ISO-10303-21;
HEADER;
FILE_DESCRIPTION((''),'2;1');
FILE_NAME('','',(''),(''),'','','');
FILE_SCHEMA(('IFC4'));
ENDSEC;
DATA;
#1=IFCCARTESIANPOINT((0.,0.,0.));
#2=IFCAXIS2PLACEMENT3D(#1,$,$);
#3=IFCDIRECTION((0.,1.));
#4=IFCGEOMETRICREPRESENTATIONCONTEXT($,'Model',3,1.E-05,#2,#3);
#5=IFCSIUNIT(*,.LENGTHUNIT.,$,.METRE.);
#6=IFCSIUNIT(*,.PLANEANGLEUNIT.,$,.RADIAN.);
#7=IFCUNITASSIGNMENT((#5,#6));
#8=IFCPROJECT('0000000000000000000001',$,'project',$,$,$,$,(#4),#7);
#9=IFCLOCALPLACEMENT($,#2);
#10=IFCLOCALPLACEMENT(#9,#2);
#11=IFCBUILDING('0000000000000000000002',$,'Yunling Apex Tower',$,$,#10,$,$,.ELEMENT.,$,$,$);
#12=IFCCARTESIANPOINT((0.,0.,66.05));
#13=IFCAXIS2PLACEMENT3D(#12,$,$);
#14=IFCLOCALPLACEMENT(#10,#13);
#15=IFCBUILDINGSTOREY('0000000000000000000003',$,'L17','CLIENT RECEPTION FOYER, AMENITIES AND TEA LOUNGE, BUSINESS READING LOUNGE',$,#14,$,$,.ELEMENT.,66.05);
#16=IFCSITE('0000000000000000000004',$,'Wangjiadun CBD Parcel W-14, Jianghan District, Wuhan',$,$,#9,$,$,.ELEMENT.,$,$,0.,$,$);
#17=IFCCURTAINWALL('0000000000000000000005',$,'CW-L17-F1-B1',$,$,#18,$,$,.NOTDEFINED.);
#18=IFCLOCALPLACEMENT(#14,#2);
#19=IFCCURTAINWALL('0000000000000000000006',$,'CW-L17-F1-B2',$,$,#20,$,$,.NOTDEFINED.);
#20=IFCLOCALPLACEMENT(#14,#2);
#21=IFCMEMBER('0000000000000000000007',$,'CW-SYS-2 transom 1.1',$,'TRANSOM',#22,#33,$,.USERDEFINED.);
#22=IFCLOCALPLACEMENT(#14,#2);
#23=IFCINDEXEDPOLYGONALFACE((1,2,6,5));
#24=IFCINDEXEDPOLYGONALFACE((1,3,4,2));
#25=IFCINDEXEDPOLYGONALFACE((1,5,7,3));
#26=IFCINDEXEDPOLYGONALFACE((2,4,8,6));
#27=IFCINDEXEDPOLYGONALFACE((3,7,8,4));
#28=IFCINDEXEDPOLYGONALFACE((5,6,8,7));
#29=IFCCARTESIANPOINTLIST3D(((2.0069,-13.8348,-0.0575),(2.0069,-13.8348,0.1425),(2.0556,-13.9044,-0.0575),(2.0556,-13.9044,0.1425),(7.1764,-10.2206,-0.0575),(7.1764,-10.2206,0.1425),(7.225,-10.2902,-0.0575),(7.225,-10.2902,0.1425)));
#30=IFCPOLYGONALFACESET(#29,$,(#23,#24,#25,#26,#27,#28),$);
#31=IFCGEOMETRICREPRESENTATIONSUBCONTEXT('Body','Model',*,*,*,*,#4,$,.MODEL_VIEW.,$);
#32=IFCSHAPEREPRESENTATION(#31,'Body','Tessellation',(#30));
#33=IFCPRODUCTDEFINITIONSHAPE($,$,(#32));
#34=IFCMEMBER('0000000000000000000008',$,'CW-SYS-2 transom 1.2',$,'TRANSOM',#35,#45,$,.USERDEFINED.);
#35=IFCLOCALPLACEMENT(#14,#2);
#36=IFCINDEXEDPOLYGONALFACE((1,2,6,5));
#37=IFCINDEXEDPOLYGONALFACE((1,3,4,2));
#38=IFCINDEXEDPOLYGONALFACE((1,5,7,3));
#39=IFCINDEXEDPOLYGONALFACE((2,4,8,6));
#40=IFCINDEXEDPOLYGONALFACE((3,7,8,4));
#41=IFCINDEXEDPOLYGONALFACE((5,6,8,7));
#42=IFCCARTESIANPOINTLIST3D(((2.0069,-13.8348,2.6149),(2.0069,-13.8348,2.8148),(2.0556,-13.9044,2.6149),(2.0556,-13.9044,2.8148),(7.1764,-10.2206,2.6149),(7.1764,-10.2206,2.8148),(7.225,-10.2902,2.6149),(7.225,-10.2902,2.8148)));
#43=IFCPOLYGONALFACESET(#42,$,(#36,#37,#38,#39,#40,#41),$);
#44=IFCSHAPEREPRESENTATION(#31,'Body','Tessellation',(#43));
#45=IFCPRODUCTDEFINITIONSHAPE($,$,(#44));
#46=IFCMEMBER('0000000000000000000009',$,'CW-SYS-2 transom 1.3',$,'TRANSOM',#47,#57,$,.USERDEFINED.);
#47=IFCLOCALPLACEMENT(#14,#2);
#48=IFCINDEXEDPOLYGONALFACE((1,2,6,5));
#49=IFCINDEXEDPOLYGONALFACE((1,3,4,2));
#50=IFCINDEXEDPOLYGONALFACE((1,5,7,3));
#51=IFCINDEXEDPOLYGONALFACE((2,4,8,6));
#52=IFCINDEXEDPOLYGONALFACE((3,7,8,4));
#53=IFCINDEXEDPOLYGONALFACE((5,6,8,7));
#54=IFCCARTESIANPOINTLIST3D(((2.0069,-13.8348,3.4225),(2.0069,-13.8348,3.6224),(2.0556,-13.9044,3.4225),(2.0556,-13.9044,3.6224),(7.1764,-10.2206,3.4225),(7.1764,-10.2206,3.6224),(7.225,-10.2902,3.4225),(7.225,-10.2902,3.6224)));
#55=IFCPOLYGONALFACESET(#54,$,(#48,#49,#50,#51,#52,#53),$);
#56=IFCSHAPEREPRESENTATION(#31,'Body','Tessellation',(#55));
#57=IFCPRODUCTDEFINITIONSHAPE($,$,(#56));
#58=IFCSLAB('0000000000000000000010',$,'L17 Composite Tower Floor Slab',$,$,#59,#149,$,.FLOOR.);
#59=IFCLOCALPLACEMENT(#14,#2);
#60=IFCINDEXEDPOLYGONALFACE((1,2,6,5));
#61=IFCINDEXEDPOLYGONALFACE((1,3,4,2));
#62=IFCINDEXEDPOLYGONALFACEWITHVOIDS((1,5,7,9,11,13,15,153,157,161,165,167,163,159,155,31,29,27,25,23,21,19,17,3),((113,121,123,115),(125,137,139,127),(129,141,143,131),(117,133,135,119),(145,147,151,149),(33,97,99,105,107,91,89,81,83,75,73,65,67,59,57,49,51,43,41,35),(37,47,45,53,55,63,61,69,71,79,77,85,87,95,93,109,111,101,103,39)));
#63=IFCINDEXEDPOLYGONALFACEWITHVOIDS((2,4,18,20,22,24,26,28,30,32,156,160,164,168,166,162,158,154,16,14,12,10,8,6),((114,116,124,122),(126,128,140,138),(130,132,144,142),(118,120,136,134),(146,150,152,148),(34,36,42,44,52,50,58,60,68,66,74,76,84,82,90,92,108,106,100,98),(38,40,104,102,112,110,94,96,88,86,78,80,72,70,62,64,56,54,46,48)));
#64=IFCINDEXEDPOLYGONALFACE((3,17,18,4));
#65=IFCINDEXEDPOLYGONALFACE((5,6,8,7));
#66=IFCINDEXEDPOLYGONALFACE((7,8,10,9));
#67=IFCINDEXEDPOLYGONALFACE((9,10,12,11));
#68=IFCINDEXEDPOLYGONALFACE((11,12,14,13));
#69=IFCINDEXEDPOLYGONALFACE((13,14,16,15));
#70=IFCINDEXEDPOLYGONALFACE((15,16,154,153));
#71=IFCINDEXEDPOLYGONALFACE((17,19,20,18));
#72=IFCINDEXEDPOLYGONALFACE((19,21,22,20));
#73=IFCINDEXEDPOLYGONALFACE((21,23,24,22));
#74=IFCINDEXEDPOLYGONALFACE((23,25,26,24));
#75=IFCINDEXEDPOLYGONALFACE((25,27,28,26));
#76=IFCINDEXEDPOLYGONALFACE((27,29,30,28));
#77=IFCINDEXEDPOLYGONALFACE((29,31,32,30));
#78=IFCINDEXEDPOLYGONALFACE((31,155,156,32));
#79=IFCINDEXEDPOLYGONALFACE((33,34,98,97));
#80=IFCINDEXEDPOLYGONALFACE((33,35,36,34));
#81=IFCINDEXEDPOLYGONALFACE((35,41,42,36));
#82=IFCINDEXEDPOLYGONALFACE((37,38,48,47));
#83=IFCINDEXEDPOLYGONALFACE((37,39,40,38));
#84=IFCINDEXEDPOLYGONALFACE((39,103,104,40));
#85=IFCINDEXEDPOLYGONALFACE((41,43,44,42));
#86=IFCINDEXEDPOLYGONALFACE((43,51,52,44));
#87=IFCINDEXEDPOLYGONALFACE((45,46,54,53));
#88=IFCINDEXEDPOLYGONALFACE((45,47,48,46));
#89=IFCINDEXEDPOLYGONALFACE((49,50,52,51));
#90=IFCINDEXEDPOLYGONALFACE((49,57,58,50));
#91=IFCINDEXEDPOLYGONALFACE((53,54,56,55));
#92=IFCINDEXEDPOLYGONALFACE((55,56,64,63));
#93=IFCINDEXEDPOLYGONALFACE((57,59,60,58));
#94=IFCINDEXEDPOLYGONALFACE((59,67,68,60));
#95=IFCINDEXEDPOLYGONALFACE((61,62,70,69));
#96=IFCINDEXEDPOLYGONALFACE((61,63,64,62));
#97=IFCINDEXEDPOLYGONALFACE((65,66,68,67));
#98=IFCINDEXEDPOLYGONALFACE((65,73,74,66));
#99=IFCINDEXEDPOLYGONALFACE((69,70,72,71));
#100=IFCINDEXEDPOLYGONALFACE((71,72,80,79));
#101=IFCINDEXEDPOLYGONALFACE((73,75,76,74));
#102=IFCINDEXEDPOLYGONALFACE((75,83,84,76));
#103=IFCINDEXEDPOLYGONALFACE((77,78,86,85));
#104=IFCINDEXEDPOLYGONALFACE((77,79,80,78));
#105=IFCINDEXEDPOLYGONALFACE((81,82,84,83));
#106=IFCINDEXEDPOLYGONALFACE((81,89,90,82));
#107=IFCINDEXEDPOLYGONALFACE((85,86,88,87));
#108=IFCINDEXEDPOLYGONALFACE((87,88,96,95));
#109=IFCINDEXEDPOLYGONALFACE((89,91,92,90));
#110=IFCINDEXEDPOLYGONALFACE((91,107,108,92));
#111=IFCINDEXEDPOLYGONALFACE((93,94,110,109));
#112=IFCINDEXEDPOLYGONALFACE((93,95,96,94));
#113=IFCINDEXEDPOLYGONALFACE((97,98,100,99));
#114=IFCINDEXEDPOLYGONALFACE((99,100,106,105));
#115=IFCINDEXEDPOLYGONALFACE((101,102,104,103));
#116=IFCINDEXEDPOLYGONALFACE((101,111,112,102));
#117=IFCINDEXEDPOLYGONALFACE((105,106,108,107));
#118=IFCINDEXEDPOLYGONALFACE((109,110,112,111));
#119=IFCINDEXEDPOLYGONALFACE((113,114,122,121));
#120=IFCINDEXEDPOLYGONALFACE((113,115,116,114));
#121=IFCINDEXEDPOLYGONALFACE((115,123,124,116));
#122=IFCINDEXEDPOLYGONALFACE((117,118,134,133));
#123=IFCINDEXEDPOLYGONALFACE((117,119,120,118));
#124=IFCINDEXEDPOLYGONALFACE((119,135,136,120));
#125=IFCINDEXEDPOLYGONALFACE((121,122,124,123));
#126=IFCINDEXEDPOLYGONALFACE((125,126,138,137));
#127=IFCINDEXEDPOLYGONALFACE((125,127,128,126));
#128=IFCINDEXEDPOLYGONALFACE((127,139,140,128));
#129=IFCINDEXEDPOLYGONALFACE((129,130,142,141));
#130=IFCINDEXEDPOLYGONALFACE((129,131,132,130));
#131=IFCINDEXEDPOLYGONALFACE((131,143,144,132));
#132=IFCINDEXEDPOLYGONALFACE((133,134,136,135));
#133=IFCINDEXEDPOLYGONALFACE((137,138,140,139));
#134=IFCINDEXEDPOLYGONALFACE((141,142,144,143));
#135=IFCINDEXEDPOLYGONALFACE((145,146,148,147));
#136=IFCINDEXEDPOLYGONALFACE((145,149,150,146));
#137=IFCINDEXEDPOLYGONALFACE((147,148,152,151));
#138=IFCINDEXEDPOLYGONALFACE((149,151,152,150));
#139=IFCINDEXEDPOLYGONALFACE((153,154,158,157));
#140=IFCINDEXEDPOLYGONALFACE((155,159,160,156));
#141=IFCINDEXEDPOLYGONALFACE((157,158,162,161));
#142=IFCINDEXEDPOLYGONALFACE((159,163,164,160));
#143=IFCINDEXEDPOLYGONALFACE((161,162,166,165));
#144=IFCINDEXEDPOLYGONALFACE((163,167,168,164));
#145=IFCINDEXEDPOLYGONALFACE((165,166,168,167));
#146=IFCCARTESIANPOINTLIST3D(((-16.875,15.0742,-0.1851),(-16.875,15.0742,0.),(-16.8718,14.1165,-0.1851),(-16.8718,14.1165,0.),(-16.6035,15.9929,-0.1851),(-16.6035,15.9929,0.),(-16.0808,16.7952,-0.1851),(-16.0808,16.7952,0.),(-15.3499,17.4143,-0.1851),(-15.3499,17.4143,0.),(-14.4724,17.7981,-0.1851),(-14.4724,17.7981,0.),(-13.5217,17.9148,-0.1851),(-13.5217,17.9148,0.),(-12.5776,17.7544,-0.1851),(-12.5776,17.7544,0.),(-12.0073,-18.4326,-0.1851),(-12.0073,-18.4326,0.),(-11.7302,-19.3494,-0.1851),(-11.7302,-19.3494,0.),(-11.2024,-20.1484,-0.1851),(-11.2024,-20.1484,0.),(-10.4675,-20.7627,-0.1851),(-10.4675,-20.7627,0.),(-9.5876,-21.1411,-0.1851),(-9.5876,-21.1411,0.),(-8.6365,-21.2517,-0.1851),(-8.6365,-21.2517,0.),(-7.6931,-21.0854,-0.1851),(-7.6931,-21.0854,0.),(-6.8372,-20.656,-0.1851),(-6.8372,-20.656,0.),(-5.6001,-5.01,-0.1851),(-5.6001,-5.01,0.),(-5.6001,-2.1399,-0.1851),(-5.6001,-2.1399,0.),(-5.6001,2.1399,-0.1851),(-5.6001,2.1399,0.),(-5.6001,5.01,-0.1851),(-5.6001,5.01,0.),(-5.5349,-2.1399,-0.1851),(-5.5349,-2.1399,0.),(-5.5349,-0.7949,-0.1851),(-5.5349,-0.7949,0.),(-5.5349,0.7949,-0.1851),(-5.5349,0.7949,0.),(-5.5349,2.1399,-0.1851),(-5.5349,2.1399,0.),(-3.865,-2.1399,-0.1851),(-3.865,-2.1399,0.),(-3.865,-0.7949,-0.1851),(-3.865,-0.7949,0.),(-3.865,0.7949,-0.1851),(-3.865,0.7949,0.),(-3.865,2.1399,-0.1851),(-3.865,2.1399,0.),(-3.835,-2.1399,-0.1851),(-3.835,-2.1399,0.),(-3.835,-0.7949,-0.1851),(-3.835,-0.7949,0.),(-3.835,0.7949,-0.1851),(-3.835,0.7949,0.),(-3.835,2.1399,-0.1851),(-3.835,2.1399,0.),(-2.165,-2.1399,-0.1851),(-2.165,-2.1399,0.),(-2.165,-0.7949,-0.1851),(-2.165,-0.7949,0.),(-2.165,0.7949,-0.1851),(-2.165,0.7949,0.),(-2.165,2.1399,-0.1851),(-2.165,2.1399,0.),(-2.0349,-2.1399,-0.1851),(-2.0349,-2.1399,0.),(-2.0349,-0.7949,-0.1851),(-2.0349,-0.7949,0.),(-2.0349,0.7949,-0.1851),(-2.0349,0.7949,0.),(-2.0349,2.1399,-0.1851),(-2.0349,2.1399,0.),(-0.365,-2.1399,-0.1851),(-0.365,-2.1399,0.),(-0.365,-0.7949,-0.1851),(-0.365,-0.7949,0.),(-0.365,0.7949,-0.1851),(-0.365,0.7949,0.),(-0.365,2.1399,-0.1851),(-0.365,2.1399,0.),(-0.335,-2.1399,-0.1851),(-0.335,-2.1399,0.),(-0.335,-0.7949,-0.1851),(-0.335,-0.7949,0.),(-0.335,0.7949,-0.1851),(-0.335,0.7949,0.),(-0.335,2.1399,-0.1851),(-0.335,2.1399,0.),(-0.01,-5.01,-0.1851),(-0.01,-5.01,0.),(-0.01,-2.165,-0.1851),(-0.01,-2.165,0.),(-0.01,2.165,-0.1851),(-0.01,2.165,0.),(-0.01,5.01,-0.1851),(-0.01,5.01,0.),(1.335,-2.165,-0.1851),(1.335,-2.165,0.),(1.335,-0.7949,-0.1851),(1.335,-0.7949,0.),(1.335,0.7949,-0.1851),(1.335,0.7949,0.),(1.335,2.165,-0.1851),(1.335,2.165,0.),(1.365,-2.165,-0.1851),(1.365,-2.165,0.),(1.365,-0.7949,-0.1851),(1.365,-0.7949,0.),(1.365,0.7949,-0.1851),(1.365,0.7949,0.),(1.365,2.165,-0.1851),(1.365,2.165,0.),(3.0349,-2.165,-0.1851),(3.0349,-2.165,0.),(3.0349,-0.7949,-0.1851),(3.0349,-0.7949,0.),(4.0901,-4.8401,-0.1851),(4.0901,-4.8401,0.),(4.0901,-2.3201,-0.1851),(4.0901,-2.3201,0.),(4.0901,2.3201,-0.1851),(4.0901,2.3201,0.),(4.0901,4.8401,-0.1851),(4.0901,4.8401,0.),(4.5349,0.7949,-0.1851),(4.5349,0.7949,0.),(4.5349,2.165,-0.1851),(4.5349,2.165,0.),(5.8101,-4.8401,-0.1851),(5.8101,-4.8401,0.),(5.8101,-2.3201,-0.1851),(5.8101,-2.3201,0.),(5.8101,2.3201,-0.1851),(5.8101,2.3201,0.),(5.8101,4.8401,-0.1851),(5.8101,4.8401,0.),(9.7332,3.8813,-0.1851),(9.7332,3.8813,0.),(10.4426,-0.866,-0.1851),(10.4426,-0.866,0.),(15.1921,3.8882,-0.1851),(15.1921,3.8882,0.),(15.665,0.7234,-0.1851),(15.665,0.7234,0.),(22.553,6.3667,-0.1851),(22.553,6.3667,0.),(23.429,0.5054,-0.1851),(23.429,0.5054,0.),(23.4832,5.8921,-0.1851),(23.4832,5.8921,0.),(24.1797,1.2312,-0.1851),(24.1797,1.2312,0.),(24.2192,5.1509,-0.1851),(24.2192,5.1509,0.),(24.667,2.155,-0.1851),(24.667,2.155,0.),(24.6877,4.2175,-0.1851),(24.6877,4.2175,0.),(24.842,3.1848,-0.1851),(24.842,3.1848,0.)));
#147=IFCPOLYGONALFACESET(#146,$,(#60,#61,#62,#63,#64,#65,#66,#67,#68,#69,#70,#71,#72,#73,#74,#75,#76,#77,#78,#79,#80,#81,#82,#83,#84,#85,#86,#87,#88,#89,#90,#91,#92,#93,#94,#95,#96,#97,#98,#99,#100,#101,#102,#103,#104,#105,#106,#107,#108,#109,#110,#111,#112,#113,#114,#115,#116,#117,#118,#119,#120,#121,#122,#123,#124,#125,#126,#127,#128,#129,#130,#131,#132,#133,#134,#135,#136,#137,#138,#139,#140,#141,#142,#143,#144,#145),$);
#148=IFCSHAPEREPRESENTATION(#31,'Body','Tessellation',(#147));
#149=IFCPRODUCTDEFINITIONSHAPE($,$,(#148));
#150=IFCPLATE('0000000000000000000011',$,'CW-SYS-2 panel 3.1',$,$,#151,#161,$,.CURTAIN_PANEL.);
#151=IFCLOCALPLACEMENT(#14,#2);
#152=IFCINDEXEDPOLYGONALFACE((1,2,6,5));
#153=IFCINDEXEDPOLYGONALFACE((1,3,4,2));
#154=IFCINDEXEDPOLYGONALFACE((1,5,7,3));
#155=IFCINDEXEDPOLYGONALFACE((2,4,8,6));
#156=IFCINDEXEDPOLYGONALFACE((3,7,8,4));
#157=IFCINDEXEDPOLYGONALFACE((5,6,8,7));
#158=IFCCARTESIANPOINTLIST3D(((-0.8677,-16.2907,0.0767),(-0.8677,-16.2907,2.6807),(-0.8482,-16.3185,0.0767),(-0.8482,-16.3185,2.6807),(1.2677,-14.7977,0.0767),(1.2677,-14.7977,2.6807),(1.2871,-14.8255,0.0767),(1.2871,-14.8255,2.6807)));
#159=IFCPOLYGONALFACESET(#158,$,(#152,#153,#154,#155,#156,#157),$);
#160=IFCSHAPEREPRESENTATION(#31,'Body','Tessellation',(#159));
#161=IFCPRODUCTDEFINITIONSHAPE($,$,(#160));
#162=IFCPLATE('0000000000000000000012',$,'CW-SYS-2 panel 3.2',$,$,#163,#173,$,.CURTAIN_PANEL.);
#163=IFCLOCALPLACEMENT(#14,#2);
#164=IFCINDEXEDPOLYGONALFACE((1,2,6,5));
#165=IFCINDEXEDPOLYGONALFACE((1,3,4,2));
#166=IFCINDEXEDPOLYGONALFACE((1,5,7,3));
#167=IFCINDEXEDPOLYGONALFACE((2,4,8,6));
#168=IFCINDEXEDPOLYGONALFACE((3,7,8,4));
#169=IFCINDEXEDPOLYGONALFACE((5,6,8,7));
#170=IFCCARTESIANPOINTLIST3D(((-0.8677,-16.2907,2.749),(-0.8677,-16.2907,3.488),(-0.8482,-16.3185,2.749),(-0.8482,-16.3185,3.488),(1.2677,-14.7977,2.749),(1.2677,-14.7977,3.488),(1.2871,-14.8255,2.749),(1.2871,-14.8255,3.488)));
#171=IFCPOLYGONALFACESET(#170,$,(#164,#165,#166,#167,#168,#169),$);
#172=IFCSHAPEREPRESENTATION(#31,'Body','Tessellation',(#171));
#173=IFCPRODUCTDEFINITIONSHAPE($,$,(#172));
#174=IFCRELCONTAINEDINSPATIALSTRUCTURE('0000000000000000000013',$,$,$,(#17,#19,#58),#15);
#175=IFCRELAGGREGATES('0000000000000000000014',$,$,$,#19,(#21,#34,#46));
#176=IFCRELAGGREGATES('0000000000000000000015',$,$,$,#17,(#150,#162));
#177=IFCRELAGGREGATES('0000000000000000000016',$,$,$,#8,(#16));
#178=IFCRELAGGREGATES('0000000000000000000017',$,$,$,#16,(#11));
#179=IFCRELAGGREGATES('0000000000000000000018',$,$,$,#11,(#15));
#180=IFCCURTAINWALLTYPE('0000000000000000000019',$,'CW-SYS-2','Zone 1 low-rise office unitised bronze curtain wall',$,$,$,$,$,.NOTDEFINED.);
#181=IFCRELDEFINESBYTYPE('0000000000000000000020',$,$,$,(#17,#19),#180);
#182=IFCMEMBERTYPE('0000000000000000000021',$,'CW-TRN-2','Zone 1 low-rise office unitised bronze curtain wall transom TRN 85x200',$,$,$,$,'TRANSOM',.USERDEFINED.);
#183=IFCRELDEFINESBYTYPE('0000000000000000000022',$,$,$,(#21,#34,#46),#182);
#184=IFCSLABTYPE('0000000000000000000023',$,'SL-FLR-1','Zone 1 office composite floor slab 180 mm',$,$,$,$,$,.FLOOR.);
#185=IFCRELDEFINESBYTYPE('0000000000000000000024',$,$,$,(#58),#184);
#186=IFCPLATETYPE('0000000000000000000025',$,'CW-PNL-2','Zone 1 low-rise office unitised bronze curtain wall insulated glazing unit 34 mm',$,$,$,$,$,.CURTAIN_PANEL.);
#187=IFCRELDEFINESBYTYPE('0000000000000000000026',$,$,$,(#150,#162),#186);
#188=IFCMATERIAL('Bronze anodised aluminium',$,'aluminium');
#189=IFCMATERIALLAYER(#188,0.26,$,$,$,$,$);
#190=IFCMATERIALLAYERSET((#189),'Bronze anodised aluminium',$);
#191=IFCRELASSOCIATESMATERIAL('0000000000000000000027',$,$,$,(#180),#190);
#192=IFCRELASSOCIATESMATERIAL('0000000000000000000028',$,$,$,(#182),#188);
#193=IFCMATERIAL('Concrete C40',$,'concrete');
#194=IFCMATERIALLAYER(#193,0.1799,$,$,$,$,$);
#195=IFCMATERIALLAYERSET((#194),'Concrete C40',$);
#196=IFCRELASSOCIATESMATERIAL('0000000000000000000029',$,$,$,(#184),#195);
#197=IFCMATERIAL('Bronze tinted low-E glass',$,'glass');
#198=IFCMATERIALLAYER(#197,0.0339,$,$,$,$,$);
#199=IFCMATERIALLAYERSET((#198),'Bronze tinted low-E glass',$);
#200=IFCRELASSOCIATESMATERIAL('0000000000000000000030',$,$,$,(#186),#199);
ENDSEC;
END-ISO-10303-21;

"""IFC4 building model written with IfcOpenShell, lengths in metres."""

from ifc_helpers import new_model, si_unit, direction, frame, origin, origin_2d, place, context, subcontext, project, spatial, polyline, rectangle, outline, extrude, source, transform, mapped, material, layer, layer_set, material_profile, profile_set, type_object, element, aggregate, save


model = new_model("IFC4")

# Units and contexts
model_context = context("Model", 3, precision=1e-05, world=origin(), true_north=direction((0.0, 1.0)))
body_context = subcontext(model_context, "Body", "Model", "MODEL_VIEW")
ifc_project = project(units=[si_unit("LENGTHUNIT", "METRE"), si_unit("PLANEANGLEUNIT", "RADIAN")], contexts=[model_context])

# Site, building, storey
site_placement = place(None, origin())
site = spatial("IfcSite", under=ifc_project, at=site_placement, Name="Wangjiadun CBD Parcel W-14, Jianghan District, Wuhan", CompositionType="ELEMENT", RefElevation=0.0)
building_placement = place(site_placement, origin())
building = spatial("IfcBuilding", under=site, at=building_placement, Name="Yunling Apex Tower", CompositionType="ELEMENT")
storey_placement = place(building_placement, frame((0.0, 0.0, 66.05)))
storey = spatial("IfcBuildingStorey", under=building, at=storey_placement, Name="L17", Description="CLIENT RECEPTION FOYER, AMENITIES AND TEA LOUNGE, BUSINESS READING LOUNGE", CompositionType="ELEMENT", Elevation=66.05)

# Curtain wall
ifc_material_1 = material(Name="Bronze anodised aluminium", Category="aluminium")
ifc_layer_1 = layer(ifc_material_1, 0.26)
ifc_layer_set_1 = layer_set([ifc_layer_1], Name="Bronze anodised aluminium")
curtain_wall_type = type_object("IfcCurtainWallType", Name="CW-SYS-2", Description="Zone 1 low-rise office unitised bronze curtain wall", PredefinedType="NOTDEFINED", material=ifc_layer_set_1)
curtain_wall_1_placement = place(storey_placement, origin())
curtain_wall_1 = element("IfcCurtainWall", 1, at=curtain_wall_1_placement, inside=storey, type_object=curtain_wall_type, Name="CW-L17-F1-B1", PredefinedType="NOTDEFINED")

# Curtain wall
curtain_wall_2_placement = place(storey_placement, origin())
curtain_wall_2 = element("IfcCurtainWall", 2, at=curtain_wall_2_placement, inside=storey, type_object=curtain_wall_type, Name="CW-L17-F1-B2", PredefinedType="NOTDEFINED")

# Members
ifc_material_profile_1 = material_profile(ifc_material_1, rectangle(XDim=0.085, YDim=0.2, at=origin_2d()))
ifc_profile_set_1 = profile_set([ifc_material_profile_1], Name="Bronze anodised aluminium")
member_type_1 = type_object("IfcMemberType", Name="CW-TRN-2", Description="Zone 1 low-rise office unitised bronze curtain wall transom TRN 85x200", ElementType="TRANSOM", PredefinedType="USERDEFINED", material=ifc_profile_set_1)
shared_shape_1 = source(origin(), body_context, "Body", "SweptSolid", [
    extrude(rectangle(XDim=0.085, YDim=0.2, at=origin_2d()), origin(), (0.0, 0.0, 1.0), 6.3076),
])
member_1_placement = place(storey_placement, frame((2.0312, -13.8696, 0.0425), z_axis=(0.819555, 0.573, 0.0), x_axis=(-0.573, 0.819555, 0.0)))
member_1 = element("IfcMember", 3, at=member_1_placement, type_object=member_type_1, Name="CW-SYS-2 transom 1.1", ObjectType="TRANSOM", PredefinedType="USERDEFINED", context=body_context, shape_type="MappedRepresentation", body=[
    mapped(shared_shape_1, transform((0.0, 0.0, 0.0), scale=1.0)),
])
member_2_placement = place(storey_placement, frame((2.0312, -13.8696, 2.7148), z_axis=(0.819555, 0.573, 0.0), x_axis=(-0.573, 0.819555, 0.0)))
member_2 = element("IfcMember", 4, at=member_2_placement, type_object=member_type_1, Name="CW-SYS-2 transom 1.2", ObjectType="TRANSOM", PredefinedType="USERDEFINED", context=body_context, shape_type="MappedRepresentation", body=[
    mapped(shared_shape_1, transform((0.0, 0.0, 0.0), scale=1.0)),
])
member_3_placement = place(storey_placement, frame((2.0312, -13.8696, 3.5225), z_axis=(0.819555, 0.573, 0.0), x_axis=(-0.573, 0.819555, 0.0)))
member_3 = element("IfcMember", 5, at=member_3_placement, type_object=member_type_1, Name="CW-SYS-2 transom 1.3", ObjectType="TRANSOM", PredefinedType="USERDEFINED", context=body_context, shape_type="MappedRepresentation", body=[
    mapped(shared_shape_1, transform((0.0, 0.0, 0.0), scale=1.0)),
])
aggregate(curtain_wall_2, [member_1, member_2, member_3])

# Slab
ifc_material_2 = material(Name="Concrete C40", Category="concrete")
ifc_layer_2 = layer(ifc_material_2, 0.1799)
ifc_layer_set_2 = layer_set([ifc_layer_2], Name="Concrete C40")
slab_type = type_object("IfcSlabType", Name="SL-FLR-1", Description="Zone 1 office composite floor slab 180 mm", PredefinedType="FLOOR", material=ifc_layer_set_2)
slab_placement = place(storey_placement, frame((0.0, 0.0, -0.1851)))
element("IfcSlab", 6, at=slab_placement, inside=storey, type_object=slab_type, Name="L17 Composite Tower Floor Slab", PredefinedType="FLOOR", context=body_context, shape_type="SweptSolid", body=[
    extrude(outline(polyline([(-12.0073, -18.4326), (-11.7302, -19.3494), (-11.2024, -20.1484), (-10.4675, -20.7627), (-9.5876, -21.1411), (-8.6365, -21.2517), (-7.6931, -21.0854), (-6.8372, -20.656), (23.429, 0.5054), (24.1797, 1.2312), (24.667, 2.155), (24.842, 3.1848), (24.6877, 4.2175), (24.2192, 5.1509), (23.4832, 5.8921), (22.553, 6.3667), (-12.5776, 17.7544), (-13.5217, 17.9148), (-14.4724, 17.7981), (-15.3499, 17.4143), (-16.0808, 16.7952), (-16.6035, 15.9929), (-16.875, 15.0742), (-16.8718, 14.1165), (-12.0073, -18.4326)]), holes=[polyline([(15.1921, 3.8882), (15.665, 0.7234), (10.4426, -0.866), (9.7332, 3.8813), (15.1921, 3.8882)]), polyline([(5.8101, -2.3201), (5.8101, -4.8401), (4.0901, -4.8401), (4.0901, -2.3201), (5.8101, -2.3201)]), polyline([(5.8101, 4.8401), (5.8101, 2.3201), (4.0901, 2.3201), (4.0901, 4.8401), (5.8101, 4.8401)]), polyline([(4.5349, 0.7949), (1.365, 0.7949), (1.365, 2.165), (4.5349, 2.165), (4.5349, 0.7949)]), polyline([(3.0349, -0.7949), (3.0349, -2.165), (1.365, -2.165), (1.365, -0.7949), (3.0349, -0.7949)]), polyline([(-3.865, -0.7949), (-3.865, -2.1399), (-3.835, -2.1399), (-3.835, -0.7949), (-2.165, -0.7949), (-2.165, -2.1399), (-2.0349, -2.1399), (-2.0349, -0.7949), (-0.365, -0.7949), (-0.365, -2.1399), (-0.335, -2.1399), (-0.335, -0.7949), (1.335, -0.7949), (1.335, -2.165), (-0.01, -2.165), (-0.01, -5.01), (-5.6001, -5.01), (-5.6001, -2.1399), (-5.5349, -2.1399), (-5.5349, -0.7949), (-3.865, -0.7949)]), polyline([(-5.6001, 2.1399), (-5.6001, 5.01), (-0.01, 5.01), (-0.01, 2.165), (1.335, 2.165), (1.335, 0.7949), (-0.335, 0.7949), (-0.335, 2.1399), (-0.365, 2.1399), (-0.365, 0.7949), (-2.0349, 0.7949), (-2.0349, 2.1399), (-2.165, 2.1399), (-2.165, 0.7949), (-3.835, 0.7949), (-3.835, 2.1399), (-3.865, 2.1399), (-3.865, 0.7949), (-5.5349, 0.7949), (-5.5349, 2.1399), (-5.6001, 2.1399)])]), origin(), (0.0, 0.0, 1.0), 0.1851),
])

# Plates
ifc_material_3 = material(Name="Bronze tinted low-E glass", Category="glass")
ifc_layer_3 = layer(ifc_material_3, 0.0339)
ifc_layer_set_3 = layer_set([ifc_layer_3], Name="Bronze tinted low-E glass")
plate_type = type_object("IfcPlateType", Name="CW-PNL-2", Description="Zone 1 low-rise office unitised bronze curtain wall insulated glazing unit 34 mm", PredefinedType="CURTAIN_PANEL", material=ifc_layer_set_3)
shared_shape_2 = source(origin(), body_context, "Body", "SweptSolid", [
    extrude(rectangle(XDim=2.6055, YDim=0.0339, at=origin_2d()), origin(), (0.0, 0.0, 1.0), 2.604),
])
plate_1_placement = place(storey_placement, frame((0.2097, -15.5581, 0.0767), z_axis=(0.0, 0.0, 1.0), x_axis=(0.819552, 0.573004, 0.0)))
plate_1 = element("IfcPlate", 7, at=plate_1_placement, type_object=plate_type, Name="CW-SYS-2 panel 3.1", PredefinedType="CURTAIN_PANEL", context=body_context, shape_type="MappedRepresentation", body=[
    mapped(shared_shape_2, transform((0.0, 0.0, 0.0), scale=1.0)),
])
shared_shape_3 = source(origin(), body_context, "Body", "SweptSolid", [
    extrude(rectangle(XDim=2.6055, YDim=0.0339, at=origin_2d()), origin(), (0.0, 0.0, 1.0), 0.739),
])
plate_2_placement = place(storey_placement, frame((0.2097, -15.5581, 2.749), z_axis=(0.0, 0.0, 1.0), x_axis=(0.819552, 0.573004, 0.0)))
plate_2 = element("IfcPlate", 8, at=plate_2_placement, type_object=plate_type, Name="CW-SYS-2 panel 3.2", PredefinedType="CURTAIN_PANEL", context=body_context, shape_type="MappedRepresentation", body=[
    mapped(shared_shape_3, transform((0.0, 0.0, 0.0), scale=1.0)),
])
aggregate(curtain_wall_1, [plate_1, plate_2])

save(model, "model.ifc")
